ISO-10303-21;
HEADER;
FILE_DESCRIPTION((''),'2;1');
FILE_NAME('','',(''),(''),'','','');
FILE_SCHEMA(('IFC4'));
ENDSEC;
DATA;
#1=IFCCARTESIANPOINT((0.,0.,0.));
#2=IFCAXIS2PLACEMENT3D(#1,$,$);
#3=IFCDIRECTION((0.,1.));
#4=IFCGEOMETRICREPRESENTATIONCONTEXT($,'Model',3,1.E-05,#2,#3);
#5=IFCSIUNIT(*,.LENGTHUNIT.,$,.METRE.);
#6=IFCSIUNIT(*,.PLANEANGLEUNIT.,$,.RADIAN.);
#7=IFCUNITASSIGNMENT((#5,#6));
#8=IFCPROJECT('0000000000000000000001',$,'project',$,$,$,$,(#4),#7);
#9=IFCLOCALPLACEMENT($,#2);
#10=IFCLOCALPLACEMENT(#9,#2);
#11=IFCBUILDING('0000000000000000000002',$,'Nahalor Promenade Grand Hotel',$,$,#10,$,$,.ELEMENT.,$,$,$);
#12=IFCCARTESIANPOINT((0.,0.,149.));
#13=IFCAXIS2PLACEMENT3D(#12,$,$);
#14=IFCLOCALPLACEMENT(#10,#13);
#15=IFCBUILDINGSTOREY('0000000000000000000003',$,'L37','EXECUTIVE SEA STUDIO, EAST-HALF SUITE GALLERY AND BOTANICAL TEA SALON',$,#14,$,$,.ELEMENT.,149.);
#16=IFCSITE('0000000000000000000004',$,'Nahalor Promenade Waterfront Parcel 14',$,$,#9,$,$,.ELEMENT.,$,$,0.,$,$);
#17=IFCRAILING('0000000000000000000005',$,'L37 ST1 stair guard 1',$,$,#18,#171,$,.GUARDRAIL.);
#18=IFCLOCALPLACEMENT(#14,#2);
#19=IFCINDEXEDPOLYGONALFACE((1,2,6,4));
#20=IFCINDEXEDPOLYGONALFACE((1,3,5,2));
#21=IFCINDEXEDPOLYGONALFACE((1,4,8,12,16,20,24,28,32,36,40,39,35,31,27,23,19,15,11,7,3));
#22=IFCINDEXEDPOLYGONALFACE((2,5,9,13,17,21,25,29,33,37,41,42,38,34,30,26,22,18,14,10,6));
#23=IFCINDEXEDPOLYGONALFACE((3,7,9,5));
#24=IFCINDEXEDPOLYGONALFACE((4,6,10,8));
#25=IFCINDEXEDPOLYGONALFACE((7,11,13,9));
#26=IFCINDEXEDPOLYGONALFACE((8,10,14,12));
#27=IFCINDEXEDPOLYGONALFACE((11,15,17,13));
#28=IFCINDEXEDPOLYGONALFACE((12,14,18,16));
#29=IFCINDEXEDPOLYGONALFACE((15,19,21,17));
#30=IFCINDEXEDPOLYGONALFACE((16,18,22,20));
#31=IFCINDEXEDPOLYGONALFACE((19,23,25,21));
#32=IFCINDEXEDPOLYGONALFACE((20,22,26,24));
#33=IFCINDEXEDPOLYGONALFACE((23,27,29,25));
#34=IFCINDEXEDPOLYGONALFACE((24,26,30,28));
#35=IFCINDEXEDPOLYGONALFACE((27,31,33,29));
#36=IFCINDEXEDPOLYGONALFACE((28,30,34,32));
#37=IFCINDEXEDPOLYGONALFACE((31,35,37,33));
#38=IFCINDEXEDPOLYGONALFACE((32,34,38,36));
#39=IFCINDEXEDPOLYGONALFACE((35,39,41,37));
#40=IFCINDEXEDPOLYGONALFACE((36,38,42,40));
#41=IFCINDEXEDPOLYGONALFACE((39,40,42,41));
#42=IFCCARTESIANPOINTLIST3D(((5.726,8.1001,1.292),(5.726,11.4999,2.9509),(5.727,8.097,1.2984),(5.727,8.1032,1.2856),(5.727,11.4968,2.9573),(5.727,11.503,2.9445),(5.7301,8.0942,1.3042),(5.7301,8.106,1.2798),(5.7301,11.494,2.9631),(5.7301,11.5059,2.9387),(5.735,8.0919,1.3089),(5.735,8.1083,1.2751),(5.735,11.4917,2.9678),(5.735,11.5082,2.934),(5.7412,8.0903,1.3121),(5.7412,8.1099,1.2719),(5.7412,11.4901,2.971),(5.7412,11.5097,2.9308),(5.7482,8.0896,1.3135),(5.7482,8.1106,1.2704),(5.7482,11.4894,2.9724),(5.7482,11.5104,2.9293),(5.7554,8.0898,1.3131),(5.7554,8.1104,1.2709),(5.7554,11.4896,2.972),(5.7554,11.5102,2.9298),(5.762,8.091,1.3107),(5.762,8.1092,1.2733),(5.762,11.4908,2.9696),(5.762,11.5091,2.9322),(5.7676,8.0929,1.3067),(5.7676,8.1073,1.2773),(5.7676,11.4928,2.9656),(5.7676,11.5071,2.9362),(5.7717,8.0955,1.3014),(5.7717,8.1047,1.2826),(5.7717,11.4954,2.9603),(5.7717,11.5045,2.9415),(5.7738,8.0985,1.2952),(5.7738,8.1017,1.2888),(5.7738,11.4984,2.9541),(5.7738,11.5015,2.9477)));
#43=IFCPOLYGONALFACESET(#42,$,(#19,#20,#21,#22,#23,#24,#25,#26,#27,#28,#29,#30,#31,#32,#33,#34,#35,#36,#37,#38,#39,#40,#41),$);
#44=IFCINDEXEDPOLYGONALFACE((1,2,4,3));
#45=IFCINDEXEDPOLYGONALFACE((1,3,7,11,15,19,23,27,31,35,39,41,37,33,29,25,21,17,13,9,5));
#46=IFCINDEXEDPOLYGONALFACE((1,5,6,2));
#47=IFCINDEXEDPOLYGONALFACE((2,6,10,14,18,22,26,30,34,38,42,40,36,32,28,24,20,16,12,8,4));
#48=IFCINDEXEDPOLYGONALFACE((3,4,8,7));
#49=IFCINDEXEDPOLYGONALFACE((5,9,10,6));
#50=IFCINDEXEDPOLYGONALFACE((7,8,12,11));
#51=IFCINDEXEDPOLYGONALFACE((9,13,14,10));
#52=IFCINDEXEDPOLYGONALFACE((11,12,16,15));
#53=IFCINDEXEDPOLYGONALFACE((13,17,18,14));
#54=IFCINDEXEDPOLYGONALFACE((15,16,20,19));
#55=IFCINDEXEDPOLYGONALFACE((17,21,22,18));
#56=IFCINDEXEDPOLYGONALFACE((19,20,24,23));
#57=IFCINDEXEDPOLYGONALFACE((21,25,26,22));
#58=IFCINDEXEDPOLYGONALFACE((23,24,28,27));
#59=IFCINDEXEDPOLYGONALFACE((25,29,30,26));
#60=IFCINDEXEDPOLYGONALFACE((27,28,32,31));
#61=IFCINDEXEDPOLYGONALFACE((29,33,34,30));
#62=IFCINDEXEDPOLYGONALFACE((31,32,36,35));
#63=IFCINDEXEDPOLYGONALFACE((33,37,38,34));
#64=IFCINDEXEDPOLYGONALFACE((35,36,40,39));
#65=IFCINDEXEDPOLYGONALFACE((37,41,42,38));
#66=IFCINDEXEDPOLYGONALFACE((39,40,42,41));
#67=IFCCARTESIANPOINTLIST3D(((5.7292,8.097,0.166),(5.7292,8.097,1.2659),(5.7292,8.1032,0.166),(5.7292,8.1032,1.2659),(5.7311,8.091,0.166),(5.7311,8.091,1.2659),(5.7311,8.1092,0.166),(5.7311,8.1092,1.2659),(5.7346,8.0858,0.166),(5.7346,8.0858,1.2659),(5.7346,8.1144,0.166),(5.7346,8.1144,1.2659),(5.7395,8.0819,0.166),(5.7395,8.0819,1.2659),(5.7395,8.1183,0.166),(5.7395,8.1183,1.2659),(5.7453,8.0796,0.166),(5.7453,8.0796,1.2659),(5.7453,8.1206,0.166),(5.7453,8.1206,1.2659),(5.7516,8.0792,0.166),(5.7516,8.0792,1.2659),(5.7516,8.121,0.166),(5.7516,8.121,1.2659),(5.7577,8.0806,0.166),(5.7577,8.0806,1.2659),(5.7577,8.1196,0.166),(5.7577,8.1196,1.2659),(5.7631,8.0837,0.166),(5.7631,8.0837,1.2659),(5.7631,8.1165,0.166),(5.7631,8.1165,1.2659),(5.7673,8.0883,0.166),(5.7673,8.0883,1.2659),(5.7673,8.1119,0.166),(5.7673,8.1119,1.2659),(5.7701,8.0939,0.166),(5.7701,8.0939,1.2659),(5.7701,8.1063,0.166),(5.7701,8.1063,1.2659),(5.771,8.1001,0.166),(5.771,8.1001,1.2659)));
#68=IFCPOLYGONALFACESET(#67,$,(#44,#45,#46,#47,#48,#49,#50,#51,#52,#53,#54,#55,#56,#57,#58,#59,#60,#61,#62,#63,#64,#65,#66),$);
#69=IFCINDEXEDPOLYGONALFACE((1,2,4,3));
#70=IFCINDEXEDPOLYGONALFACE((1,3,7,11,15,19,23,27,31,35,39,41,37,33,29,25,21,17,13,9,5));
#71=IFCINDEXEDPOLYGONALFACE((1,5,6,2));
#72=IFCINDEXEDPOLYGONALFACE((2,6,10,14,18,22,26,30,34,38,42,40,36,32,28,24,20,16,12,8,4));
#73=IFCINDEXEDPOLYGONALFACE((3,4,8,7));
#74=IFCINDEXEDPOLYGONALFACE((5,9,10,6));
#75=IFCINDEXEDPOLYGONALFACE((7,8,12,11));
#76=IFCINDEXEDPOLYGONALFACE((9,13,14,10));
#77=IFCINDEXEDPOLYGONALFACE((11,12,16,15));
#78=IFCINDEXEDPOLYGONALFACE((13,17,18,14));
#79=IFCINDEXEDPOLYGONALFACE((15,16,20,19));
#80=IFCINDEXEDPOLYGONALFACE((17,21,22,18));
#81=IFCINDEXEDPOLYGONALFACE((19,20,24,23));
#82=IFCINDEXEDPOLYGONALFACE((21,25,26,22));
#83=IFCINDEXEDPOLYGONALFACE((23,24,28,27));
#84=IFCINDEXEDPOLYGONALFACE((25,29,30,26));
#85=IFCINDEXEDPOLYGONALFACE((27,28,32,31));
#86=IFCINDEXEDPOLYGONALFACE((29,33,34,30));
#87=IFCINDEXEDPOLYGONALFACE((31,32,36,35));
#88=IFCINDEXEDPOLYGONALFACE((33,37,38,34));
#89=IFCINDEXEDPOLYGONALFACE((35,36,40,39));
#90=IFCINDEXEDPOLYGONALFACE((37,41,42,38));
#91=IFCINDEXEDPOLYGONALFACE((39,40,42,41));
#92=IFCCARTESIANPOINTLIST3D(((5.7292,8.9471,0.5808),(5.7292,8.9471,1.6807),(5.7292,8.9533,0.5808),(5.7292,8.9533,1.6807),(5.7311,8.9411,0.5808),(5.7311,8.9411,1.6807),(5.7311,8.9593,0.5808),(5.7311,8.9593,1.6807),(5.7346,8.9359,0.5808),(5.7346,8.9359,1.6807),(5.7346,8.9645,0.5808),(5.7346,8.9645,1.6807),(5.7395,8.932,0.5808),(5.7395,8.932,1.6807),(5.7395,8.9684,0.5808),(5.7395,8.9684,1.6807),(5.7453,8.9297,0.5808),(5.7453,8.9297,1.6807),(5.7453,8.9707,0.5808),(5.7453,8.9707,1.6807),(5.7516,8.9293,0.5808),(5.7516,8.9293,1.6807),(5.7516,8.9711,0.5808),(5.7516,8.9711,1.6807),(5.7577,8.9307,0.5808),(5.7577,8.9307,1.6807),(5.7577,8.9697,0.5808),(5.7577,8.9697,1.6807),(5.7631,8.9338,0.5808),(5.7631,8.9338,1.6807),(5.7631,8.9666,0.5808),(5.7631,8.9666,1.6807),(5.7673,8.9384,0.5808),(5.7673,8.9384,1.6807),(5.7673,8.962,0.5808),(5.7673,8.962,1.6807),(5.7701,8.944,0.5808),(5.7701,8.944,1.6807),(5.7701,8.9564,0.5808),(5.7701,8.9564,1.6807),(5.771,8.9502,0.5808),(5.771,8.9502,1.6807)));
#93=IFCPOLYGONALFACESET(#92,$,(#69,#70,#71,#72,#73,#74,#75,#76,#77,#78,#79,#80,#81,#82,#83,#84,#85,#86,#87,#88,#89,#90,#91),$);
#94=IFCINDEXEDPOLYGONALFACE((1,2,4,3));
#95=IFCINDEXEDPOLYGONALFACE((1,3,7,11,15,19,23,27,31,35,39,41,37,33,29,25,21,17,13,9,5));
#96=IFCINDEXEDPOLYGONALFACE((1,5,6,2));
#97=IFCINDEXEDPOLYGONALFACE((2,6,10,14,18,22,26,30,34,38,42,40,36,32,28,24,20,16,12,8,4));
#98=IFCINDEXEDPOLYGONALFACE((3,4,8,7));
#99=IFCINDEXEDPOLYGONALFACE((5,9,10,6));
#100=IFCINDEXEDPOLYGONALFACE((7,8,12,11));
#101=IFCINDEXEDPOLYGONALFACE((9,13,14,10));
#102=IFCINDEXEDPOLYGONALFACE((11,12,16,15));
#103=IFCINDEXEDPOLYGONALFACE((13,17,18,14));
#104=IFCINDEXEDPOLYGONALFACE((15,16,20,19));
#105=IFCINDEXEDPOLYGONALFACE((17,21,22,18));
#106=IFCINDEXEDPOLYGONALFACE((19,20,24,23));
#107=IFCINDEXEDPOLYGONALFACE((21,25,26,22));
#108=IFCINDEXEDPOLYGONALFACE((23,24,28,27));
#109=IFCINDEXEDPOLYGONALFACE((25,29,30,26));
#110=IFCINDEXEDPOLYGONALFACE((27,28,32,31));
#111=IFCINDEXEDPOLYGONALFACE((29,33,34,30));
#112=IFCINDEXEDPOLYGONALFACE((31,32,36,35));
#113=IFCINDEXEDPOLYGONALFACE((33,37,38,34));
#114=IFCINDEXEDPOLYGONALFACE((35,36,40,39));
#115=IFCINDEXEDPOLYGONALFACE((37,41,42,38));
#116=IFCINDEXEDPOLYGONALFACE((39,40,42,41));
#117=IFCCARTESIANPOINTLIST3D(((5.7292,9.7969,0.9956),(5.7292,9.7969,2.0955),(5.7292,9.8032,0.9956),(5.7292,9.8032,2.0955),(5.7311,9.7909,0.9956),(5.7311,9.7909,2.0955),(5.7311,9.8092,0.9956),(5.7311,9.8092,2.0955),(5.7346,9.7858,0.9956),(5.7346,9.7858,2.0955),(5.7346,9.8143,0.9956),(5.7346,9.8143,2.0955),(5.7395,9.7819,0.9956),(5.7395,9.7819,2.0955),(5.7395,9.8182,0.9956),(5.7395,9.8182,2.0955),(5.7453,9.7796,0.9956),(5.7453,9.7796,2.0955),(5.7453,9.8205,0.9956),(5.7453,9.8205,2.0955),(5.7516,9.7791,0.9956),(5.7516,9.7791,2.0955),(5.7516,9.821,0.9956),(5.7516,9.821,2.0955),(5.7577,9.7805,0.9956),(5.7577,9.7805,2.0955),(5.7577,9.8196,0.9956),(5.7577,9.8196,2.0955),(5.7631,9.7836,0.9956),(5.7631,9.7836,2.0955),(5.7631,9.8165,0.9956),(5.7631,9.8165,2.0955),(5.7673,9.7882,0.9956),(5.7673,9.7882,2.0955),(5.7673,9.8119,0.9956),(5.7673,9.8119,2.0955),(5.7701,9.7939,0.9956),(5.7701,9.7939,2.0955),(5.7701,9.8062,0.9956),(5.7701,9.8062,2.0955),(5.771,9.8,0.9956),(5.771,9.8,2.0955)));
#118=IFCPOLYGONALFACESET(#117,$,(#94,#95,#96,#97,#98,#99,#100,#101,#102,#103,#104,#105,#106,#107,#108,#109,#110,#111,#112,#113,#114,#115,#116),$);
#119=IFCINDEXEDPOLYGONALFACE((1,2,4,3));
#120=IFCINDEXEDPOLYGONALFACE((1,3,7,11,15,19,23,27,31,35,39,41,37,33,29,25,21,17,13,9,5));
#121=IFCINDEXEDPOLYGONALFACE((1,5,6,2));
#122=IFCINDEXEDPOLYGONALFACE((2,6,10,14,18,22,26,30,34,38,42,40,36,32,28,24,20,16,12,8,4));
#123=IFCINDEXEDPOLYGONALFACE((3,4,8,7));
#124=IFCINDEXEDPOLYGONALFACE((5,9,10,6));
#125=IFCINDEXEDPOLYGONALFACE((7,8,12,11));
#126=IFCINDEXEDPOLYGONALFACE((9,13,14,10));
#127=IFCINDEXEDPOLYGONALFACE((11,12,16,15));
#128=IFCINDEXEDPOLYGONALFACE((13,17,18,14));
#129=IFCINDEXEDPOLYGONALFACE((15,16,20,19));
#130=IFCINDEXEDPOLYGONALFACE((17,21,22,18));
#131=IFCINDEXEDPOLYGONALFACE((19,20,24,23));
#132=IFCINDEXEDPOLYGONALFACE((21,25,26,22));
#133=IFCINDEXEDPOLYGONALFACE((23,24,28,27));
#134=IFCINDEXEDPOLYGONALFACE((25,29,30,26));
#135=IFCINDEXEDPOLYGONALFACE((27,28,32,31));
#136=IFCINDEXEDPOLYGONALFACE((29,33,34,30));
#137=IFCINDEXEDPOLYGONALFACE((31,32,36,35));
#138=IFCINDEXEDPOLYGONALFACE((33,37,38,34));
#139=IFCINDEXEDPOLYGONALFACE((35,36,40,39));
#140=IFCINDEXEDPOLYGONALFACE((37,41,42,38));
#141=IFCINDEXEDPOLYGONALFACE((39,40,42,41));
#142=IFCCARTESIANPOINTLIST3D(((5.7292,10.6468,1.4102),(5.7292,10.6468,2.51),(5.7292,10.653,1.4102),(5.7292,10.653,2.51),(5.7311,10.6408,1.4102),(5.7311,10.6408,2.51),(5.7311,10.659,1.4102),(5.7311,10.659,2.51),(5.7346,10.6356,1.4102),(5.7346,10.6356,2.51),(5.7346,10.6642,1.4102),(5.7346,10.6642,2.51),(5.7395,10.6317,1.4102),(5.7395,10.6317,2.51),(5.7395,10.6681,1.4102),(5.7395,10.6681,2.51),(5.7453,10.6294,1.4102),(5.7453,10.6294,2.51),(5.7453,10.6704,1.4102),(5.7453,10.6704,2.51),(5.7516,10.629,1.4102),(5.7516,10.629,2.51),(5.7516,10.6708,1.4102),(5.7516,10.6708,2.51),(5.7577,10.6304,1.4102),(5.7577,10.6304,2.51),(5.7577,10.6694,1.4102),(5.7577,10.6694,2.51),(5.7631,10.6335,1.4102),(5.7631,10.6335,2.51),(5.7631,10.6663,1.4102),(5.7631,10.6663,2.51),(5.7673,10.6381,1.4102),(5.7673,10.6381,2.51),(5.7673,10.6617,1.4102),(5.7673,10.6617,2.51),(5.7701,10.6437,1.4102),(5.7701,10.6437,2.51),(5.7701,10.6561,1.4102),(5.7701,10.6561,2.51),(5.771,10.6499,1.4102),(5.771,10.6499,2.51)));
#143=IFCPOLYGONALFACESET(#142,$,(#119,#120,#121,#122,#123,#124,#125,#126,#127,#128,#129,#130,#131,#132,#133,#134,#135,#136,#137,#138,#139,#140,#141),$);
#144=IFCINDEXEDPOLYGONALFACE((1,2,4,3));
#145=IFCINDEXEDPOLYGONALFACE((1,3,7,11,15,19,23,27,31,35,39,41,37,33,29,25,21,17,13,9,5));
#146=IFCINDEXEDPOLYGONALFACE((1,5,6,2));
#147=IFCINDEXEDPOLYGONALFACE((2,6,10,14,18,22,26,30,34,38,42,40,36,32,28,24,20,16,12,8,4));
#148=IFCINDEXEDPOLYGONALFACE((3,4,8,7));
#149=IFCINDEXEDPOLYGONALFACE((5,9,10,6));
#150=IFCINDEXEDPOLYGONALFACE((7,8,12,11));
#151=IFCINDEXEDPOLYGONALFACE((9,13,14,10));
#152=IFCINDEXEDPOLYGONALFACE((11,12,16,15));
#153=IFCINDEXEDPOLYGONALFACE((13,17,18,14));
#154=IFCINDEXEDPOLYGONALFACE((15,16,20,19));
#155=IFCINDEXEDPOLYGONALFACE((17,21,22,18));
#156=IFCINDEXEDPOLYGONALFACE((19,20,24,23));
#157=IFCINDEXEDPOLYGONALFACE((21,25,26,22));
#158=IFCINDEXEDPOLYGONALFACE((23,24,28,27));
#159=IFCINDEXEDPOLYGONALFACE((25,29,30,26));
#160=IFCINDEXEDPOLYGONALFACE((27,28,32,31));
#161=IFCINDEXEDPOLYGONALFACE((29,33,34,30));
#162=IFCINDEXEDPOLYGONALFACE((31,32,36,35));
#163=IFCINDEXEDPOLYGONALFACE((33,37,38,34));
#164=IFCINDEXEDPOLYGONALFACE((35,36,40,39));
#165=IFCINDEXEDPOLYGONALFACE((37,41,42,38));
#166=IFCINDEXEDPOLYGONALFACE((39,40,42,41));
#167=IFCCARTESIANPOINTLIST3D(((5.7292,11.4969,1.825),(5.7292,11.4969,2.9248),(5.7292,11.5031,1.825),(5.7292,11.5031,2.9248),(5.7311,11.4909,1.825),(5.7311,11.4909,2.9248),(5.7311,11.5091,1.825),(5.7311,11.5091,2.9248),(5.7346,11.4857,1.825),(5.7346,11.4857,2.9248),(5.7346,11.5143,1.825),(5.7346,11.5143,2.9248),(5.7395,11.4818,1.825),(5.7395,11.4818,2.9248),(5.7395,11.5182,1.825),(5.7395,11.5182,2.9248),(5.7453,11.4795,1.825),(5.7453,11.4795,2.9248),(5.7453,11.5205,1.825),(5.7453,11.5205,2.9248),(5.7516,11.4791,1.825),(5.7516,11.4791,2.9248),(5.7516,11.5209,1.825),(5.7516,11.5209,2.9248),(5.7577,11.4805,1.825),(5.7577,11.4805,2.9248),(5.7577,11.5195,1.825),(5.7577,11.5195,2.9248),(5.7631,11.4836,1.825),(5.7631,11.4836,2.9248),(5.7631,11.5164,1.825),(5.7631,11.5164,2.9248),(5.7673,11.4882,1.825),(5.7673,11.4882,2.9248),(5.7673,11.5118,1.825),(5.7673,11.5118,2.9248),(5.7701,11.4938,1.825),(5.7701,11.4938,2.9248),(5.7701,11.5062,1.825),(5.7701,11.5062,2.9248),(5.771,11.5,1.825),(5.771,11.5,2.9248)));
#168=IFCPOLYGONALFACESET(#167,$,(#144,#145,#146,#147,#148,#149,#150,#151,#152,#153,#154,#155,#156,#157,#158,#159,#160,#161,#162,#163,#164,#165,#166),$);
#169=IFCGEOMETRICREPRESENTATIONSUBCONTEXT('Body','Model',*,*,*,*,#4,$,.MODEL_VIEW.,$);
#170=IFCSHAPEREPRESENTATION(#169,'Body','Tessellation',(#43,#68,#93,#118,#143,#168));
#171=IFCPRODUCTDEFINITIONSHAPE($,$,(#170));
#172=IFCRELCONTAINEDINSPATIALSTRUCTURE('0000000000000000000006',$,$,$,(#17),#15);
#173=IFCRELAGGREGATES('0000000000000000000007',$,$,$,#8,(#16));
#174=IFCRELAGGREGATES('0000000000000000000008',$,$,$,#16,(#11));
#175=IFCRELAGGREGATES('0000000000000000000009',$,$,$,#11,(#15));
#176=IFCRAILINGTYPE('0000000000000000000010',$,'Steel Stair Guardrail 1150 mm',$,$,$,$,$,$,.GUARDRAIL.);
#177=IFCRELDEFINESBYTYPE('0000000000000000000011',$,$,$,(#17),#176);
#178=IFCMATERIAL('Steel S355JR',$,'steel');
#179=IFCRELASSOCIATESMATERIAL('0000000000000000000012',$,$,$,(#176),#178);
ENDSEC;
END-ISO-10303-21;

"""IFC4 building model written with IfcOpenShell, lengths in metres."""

from ifc_helpers import new_model, si_unit, direction, frame, origin, origin_2d, place, context, subcontext, project, spatial, circle, extrude, material, type_object, element, save


model = new_model("IFC4")

# Units and contexts
model_context = context("Model", 3, precision=1e-05, world=origin(), true_north=direction((0.0, 1.0)))
body_context = subcontext(model_context, "Body", "Model", "MODEL_VIEW")
ifc_project = project(units=[si_unit("LENGTHUNIT", "METRE"), si_unit("PLANEANGLEUNIT", "RADIAN")], contexts=[model_context])

# Site, building, storey
site_placement = place(None, origin())
site = spatial("IfcSite", under=ifc_project, at=site_placement, Name="Nahalor Promenade Waterfront Parcel 14", CompositionType="ELEMENT", RefElevation=0.0)
building_placement = place(site_placement, origin())
building = spatial("IfcBuilding", under=site, at=building_placement, Name="Nahalor Promenade Grand Hotel", CompositionType="ELEMENT")
storey_placement = place(building_placement, frame((0.0, 0.0, 149.0)))
storey = spatial("IfcBuildingStorey", under=building, at=storey_placement, Name="L37", Description="EXECUTIVE SEA STUDIO, EAST-HALF SUITE GALLERY AND BOTANICAL TEA SALON", CompositionType="ELEMENT", Elevation=149.0)

# Shared definitions
ifc_material_1 = material(Name="Steel S355JR", Category="steel")

# Railing
railing_type_1 = type_object("IfcRailingType", Name="Steel Stair Guardrail 1150 mm", PredefinedType="GUARDRAIL", material=ifc_material_1)
railing_1_placement = place(storey_placement, frame((5.75, 8.1001, 0.166)))
element("IfcRailing", 1, at=railing_1_placement, inside=storey, type_object=railing_type_1, Name="L37 ST1 stair guard 1", PredefinedType="GUARDRAIL", context=body_context, shape_type="SweptSolid", body=[
    extrude(circle(Radius=0.024, at=origin_2d()), frame((0.0, 0.0, 1.126), z_axis=(0.0, 0.898722, 0.438519), x_axis=(-1.0, 0.0, 0.0)), (0.0, 0.0, 1.0), 3.783),
    extrude(circle(Radius=0.021, at=origin_2d()), origin(), (0.0, 0.0, 1.0), 1.0999),
    extrude(circle(Radius=0.021, at=origin_2d()), frame((0.0, 0.8501, 0.4148)), (0.0, 0.0, 1.0), 1.0999),
    extrude(circle(Radius=0.021, at=origin_2d()), frame((0.0, 1.7, 0.8296)), (0.0, 0.0, 1.0), 1.0999),
    extrude(circle(Radius=0.021, at=origin_2d()), frame((0.0, 2.5498, 1.2441)), (0.0, 0.0, 1.0), 1.0999),
    extrude(circle(Radius=0.021, at=origin_2d()), frame((0.0, 3.3999, 1.6589)), (0.0, 0.0, 1.0), 1.0999),
])

save(model, "model.ifc")
